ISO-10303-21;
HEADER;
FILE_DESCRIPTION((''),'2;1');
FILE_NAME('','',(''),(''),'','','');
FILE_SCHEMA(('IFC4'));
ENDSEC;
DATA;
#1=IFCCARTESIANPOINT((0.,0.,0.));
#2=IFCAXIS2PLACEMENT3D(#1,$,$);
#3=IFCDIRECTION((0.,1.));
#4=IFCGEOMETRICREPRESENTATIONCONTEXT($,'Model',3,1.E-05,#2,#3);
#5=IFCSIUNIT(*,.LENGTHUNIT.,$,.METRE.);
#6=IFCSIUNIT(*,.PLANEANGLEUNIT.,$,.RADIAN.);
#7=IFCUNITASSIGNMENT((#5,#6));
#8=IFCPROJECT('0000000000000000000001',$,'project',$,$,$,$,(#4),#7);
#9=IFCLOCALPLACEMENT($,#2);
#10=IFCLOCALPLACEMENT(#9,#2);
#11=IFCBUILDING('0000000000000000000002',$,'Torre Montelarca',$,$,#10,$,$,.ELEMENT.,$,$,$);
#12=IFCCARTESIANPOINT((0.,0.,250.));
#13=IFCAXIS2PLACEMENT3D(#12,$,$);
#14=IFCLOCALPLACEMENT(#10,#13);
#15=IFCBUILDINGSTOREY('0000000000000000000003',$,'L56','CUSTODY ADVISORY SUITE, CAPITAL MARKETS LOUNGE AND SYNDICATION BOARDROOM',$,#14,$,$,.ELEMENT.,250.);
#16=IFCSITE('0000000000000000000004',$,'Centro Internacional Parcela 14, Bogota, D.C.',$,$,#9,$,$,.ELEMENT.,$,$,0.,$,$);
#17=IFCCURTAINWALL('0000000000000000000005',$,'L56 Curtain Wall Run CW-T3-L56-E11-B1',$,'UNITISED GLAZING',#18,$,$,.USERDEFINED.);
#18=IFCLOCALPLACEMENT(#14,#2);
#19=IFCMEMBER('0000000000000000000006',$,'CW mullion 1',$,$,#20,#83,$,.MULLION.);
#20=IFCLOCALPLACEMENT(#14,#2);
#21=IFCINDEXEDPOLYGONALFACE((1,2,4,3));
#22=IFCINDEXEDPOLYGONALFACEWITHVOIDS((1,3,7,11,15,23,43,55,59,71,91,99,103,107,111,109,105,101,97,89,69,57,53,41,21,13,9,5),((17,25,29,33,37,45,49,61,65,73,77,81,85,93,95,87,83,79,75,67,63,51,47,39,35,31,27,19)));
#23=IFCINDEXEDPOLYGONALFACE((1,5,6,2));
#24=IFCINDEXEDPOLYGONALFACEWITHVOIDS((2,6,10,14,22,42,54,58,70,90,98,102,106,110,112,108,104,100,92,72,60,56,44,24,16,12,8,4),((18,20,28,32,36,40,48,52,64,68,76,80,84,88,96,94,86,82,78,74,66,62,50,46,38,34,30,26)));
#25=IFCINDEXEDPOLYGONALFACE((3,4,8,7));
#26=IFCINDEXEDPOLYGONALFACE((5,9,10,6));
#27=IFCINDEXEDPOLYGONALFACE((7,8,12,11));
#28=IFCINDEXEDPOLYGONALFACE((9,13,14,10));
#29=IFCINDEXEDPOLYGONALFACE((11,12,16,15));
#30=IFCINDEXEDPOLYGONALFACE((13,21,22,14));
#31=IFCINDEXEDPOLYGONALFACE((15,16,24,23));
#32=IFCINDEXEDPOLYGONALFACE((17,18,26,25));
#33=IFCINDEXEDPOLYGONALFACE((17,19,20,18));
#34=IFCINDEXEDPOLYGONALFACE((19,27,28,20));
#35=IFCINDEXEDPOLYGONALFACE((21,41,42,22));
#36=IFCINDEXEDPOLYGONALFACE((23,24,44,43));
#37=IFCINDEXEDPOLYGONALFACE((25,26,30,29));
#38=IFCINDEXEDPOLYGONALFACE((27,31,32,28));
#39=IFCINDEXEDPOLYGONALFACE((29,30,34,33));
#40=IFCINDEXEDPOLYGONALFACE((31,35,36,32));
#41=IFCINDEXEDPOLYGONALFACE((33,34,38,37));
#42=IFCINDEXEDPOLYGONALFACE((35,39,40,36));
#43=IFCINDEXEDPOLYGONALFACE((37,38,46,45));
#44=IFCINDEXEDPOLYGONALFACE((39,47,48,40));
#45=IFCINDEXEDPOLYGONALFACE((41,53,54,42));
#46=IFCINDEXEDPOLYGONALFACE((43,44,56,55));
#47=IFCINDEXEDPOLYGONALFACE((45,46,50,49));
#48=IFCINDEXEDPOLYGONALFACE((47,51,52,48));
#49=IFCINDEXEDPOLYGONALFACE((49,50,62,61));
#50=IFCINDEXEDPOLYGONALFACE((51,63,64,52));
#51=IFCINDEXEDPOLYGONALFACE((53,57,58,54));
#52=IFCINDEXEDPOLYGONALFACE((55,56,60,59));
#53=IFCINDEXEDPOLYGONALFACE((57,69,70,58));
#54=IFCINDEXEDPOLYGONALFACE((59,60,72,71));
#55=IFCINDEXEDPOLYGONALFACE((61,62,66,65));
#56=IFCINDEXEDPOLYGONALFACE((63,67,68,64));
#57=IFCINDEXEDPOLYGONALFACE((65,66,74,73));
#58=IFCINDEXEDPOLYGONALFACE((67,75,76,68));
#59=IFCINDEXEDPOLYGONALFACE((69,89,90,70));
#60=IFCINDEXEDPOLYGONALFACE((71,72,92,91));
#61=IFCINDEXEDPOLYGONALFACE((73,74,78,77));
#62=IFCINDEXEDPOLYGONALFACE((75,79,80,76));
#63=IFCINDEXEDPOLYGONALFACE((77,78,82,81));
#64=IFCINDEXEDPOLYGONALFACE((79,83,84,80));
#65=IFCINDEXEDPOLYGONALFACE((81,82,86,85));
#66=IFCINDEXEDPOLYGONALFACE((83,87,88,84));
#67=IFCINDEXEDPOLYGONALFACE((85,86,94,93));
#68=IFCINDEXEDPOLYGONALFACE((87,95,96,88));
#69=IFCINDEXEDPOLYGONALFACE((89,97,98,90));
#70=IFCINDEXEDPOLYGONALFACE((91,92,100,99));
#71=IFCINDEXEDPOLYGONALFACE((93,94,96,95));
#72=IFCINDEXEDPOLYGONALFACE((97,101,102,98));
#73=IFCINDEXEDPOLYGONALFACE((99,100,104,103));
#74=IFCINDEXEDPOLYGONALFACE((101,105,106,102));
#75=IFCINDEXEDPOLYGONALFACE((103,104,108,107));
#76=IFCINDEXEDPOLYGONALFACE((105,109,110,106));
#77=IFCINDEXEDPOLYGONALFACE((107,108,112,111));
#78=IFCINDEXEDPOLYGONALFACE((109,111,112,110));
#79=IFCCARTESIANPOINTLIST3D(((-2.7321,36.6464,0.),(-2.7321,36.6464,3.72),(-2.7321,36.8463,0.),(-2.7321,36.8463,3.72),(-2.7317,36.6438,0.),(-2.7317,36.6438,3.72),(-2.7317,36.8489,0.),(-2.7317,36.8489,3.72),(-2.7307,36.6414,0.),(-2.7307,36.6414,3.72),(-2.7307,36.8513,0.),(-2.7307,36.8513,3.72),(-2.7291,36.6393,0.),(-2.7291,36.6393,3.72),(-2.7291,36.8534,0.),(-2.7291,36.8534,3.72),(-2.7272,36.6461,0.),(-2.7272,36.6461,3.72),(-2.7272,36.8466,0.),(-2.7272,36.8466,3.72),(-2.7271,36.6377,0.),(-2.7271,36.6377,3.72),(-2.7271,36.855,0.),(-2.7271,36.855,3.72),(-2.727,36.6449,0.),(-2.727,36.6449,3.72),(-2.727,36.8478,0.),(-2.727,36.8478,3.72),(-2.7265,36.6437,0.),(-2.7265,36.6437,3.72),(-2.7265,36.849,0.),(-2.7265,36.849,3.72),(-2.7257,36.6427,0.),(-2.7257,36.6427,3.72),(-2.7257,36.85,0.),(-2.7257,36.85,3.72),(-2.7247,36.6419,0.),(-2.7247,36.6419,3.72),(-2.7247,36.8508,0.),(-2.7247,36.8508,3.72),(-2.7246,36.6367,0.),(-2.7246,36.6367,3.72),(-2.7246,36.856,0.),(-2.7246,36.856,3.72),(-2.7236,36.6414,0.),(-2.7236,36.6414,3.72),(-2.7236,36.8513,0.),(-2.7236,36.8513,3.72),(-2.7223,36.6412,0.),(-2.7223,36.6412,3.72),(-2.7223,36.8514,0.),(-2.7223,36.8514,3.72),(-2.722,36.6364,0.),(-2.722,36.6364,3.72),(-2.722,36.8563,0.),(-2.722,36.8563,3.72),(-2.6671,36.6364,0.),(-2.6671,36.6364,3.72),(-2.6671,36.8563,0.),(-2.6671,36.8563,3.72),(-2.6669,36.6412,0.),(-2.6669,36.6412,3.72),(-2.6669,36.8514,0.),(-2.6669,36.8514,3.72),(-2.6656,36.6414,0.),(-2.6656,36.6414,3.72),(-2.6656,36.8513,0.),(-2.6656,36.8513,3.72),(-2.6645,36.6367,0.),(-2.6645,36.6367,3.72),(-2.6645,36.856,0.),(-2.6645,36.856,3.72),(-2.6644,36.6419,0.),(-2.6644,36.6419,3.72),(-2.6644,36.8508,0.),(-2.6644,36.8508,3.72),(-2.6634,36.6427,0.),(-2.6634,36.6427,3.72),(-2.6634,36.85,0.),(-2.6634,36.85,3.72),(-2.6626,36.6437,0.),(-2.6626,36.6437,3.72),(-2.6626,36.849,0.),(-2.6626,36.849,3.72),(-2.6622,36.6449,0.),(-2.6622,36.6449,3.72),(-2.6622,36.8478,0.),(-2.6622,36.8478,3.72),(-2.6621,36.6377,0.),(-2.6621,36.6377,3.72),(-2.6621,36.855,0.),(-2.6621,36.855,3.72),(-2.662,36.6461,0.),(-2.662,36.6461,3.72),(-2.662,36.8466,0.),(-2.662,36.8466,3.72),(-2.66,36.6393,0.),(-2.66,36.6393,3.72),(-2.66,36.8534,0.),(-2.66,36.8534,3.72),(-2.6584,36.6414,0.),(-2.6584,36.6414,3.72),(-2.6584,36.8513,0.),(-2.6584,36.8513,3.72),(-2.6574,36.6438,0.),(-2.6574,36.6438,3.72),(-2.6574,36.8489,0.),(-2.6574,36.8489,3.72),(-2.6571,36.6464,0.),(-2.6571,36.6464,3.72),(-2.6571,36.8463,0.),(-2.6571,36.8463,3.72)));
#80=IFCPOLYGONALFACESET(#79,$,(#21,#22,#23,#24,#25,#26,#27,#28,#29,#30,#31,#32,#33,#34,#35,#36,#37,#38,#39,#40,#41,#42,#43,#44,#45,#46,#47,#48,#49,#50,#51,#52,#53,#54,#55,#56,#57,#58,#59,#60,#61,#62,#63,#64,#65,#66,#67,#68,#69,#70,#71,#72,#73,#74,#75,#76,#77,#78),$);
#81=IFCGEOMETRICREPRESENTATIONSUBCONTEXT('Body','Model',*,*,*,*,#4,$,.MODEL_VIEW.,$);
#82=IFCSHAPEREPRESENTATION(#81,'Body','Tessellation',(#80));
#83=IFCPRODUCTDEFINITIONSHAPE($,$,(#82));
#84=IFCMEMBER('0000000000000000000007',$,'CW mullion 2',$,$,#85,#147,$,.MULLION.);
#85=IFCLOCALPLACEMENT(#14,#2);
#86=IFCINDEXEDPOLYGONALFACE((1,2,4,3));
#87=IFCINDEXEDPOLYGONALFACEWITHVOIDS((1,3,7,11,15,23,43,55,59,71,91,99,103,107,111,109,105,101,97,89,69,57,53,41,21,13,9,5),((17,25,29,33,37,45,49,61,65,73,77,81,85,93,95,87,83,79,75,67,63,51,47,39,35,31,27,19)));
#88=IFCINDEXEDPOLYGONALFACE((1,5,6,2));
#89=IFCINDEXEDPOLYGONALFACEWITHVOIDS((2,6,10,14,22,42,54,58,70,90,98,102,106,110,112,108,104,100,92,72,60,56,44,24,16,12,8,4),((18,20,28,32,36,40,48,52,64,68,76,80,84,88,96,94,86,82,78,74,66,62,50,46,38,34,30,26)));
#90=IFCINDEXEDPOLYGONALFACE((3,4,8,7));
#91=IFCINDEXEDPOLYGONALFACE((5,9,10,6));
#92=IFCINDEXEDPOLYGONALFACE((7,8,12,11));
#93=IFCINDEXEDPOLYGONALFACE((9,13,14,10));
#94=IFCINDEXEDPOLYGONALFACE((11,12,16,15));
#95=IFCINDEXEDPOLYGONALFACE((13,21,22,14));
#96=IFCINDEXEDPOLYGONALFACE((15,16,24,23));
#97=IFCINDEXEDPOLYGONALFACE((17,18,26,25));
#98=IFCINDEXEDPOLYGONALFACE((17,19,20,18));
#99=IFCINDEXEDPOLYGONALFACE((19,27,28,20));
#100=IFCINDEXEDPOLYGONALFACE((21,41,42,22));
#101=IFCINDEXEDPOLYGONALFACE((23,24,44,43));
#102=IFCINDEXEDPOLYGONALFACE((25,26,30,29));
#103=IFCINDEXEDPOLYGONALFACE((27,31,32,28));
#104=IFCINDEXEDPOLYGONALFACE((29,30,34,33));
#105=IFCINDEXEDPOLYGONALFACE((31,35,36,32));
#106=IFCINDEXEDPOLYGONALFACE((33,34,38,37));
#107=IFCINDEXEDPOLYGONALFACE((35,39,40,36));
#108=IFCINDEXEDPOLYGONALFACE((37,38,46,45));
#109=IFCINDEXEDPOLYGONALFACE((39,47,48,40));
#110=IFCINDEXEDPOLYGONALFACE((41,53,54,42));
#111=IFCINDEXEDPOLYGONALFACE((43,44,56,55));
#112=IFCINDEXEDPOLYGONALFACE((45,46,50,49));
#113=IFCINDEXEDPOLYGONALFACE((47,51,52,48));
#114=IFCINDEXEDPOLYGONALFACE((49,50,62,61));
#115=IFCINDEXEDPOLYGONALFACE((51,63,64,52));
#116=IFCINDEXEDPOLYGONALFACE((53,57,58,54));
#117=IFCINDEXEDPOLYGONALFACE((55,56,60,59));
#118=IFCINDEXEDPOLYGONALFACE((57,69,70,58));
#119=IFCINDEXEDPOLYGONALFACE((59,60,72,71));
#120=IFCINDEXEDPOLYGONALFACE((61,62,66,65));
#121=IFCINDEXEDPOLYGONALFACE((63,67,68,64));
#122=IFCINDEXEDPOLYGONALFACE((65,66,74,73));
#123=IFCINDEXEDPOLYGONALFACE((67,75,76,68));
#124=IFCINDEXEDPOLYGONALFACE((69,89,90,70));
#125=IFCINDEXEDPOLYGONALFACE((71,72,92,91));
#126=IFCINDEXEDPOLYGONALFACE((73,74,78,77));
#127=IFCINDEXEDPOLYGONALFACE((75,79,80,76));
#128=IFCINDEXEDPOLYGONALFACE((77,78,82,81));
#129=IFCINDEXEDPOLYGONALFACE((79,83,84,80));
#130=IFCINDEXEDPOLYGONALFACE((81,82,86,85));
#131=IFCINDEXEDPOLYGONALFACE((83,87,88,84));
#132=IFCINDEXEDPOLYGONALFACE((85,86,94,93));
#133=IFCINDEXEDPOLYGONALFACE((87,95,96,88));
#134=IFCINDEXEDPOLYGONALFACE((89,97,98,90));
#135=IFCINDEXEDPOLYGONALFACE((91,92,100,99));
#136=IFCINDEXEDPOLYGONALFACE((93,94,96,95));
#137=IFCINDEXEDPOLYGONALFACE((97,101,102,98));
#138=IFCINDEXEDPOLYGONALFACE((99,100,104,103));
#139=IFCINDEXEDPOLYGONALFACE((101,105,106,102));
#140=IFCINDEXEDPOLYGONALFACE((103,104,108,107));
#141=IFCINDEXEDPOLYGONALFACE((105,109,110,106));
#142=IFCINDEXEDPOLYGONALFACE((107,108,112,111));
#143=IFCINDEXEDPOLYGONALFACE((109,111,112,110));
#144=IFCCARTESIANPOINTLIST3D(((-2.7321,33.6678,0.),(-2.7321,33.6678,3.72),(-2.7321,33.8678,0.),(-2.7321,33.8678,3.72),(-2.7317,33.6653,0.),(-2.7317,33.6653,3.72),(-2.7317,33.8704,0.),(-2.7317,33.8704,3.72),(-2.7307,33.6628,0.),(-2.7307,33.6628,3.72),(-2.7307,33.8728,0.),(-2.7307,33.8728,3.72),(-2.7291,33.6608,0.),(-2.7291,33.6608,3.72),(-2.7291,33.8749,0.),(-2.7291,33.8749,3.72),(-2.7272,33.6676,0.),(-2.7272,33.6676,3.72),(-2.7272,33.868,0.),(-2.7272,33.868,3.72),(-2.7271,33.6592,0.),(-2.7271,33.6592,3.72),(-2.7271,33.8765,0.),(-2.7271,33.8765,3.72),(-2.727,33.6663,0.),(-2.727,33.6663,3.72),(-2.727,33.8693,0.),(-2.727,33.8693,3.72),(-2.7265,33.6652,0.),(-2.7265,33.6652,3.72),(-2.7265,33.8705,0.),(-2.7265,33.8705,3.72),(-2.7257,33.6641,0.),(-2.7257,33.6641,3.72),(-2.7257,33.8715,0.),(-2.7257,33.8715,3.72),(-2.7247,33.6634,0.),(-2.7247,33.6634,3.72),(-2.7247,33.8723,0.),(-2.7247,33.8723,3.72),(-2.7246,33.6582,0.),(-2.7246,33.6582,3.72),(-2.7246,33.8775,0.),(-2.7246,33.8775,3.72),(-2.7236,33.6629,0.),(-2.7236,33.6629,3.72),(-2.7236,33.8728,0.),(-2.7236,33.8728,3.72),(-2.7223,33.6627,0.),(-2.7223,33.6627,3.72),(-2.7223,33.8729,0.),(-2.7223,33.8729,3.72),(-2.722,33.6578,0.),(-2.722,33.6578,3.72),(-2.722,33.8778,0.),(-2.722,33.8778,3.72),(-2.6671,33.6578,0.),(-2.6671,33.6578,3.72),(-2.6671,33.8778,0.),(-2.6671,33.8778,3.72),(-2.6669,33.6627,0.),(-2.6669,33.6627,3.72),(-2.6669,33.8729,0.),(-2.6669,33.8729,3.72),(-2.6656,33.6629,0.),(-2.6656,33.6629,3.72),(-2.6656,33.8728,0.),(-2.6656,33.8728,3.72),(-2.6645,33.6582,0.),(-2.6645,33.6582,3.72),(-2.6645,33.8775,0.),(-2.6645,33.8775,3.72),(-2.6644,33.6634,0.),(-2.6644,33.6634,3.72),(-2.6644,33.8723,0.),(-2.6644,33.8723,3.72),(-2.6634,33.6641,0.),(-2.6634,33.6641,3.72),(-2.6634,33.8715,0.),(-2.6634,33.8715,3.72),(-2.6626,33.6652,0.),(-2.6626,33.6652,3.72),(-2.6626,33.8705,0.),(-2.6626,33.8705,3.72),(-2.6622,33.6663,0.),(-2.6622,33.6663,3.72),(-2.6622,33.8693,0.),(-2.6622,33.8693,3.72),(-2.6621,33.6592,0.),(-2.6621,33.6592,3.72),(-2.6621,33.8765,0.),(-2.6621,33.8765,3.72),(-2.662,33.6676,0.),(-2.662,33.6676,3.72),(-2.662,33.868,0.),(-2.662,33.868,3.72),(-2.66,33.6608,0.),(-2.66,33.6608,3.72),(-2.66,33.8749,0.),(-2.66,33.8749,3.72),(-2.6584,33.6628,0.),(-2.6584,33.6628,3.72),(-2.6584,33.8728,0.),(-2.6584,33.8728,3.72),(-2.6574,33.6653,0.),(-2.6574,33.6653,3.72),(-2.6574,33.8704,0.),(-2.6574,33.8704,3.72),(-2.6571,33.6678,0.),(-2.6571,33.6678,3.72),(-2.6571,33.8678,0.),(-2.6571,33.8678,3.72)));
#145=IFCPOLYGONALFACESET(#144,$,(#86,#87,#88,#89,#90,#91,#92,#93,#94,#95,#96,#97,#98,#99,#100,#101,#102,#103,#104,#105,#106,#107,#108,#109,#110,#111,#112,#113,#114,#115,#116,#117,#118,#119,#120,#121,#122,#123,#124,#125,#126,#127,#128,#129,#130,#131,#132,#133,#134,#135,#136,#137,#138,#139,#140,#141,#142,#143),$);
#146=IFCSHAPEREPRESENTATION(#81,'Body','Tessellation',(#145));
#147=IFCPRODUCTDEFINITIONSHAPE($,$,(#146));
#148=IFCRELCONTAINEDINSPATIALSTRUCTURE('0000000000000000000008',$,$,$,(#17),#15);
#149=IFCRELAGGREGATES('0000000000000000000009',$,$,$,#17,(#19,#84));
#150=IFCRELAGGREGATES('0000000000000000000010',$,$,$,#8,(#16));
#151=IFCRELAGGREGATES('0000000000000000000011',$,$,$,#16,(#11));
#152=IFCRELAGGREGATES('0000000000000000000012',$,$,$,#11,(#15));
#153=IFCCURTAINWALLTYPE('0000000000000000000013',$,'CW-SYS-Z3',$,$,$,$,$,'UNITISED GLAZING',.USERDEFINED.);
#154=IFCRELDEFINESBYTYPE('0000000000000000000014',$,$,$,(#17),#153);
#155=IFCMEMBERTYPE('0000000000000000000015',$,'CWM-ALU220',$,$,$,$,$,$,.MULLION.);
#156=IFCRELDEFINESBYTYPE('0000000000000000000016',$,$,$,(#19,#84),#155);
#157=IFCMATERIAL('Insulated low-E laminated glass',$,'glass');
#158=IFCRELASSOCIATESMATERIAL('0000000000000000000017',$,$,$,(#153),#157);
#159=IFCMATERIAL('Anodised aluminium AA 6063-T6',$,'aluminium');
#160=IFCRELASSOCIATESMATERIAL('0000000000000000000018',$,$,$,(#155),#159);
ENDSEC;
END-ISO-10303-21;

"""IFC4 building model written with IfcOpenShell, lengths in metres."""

from ifc_helpers import new_model, si_unit, direction, frame, origin, origin_2d, place, context, subcontext, project, spatial, hollow_rectangle, extrude, source, transform, mapped, material, material_profile, profile_set, type_object, element, aggregate, save


model = new_model("IFC4")

# Units and contexts
model_context = context("Model", 3, precision=1e-05, world=origin(), true_north=direction((0.0, 1.0)))
body_context = subcontext(model_context, "Body", "Model", "MODEL_VIEW")
ifc_project = project(units=[si_unit("LENGTHUNIT", "METRE"), si_unit("PLANEANGLEUNIT", "RADIAN")], contexts=[model_context])

# Site, building, storey
site_placement = place(None, origin())
site = spatial("IfcSite", under=ifc_project, at=site_placement, Name="Centro Internacional Parcela 14, Bogota, D.C.", CompositionType="ELEMENT", RefElevation=0.0)
building_placement = place(site_placement, origin())
building = spatial("IfcBuilding", under=site, at=building_placement, Name="Torre Montelarca", CompositionType="ELEMENT")
storey_placement = place(building_placement, frame((0.0, 0.0, 250.0)))
storey = spatial("IfcBuildingStorey", under=building, at=storey_placement, Name="L56", Description="CUSTODY ADVISORY SUITE, CAPITAL MARKETS LOUNGE AND SYNDICATION BOARDROOM", CompositionType="ELEMENT", Elevation=250.0)

# Curtain wall, members
ifc_material_1 = material(Name="Insulated low-E laminated glass", Category="glass")
curtain_wall_type = type_object("IfcCurtainWallType", Name="CW-SYS-Z3", ElementType="UNITISED GLAZING", PredefinedType="USERDEFINED", material=ifc_material_1)
curtain_wall_placement = place(storey_placement, origin())
curtain_wall = element("IfcCurtainWall", 1, at=curtain_wall_placement, inside=storey, type_object=curtain_wall_type, Name="L56 Curtain Wall Run CW-T3-L56-E11-B1", ObjectType="UNITISED GLAZING", PredefinedType="USERDEFINED")
ifc_material_2 = material(Name="Anodised aluminium AA 6063-T6", Category="aluminium")
ifc_material_profile_1 = material_profile(ifc_material_2, hollow_rectangle(XDim=0.075, YDim=0.22, WallThickness=0.0049, InnerFilletRadius=0.0049, OuterFilletRadius=0.01, at=origin_2d()), Name="ALU75X220X5", Category="aluminium")
ifc_profile_set_1 = profile_set([ifc_material_profile_1], Name="Anodised aluminium AA 6063-T6")
member_type_1 = type_object("IfcMemberType", Name="CWM-ALU220", PredefinedType="MULLION", material=ifc_profile_set_1)
shared_shape_1 = source(origin(), body_context, "Body", "SweptSolid", [
    extrude(hollow_rectangle(XDim=0.075, YDim=0.22, WallThickness=0.0049, InnerFilletRadius=0.0049, OuterFilletRadius=0.01, at=origin_2d()), origin(), (0.0, 0.0, 1.0), 3.72),
])
member_1_placement = place(storey_placement, frame((-2.6946, 36.7463, 0.0), z_axis=(0.0, 0.0, 1.0), x_axis=(1.0, 0.0, 0.0)))
member_1 = element("IfcMember", 2, at=member_1_placement, type_object=member_type_1, Name="CW mullion 1", PredefinedType="MULLION", context=body_context, shape_type="MappedRepresentation", body=[
    mapped(shared_shape_1, transform((0.0, 0.0, 0.0), scale=1.0)),
])
member_2_placement = place(storey_placement, frame((-2.6946, 33.7678, 0.0), z_axis=(0.0, 0.0, 1.0), x_axis=(1.0, 0.0, 0.0)))
member_2 = element("IfcMember", 3, at=member_2_placement, type_object=member_type_1, Name="CW mullion 2", PredefinedType="MULLION", context=body_context, shape_type="MappedRepresentation", body=[
    mapped(shared_shape_1, transform((0.0, 0.0, 0.0), scale=1.0)),
])
aggregate(curtain_wall, [member_1, member_2])

save(model, "model.ifc")
